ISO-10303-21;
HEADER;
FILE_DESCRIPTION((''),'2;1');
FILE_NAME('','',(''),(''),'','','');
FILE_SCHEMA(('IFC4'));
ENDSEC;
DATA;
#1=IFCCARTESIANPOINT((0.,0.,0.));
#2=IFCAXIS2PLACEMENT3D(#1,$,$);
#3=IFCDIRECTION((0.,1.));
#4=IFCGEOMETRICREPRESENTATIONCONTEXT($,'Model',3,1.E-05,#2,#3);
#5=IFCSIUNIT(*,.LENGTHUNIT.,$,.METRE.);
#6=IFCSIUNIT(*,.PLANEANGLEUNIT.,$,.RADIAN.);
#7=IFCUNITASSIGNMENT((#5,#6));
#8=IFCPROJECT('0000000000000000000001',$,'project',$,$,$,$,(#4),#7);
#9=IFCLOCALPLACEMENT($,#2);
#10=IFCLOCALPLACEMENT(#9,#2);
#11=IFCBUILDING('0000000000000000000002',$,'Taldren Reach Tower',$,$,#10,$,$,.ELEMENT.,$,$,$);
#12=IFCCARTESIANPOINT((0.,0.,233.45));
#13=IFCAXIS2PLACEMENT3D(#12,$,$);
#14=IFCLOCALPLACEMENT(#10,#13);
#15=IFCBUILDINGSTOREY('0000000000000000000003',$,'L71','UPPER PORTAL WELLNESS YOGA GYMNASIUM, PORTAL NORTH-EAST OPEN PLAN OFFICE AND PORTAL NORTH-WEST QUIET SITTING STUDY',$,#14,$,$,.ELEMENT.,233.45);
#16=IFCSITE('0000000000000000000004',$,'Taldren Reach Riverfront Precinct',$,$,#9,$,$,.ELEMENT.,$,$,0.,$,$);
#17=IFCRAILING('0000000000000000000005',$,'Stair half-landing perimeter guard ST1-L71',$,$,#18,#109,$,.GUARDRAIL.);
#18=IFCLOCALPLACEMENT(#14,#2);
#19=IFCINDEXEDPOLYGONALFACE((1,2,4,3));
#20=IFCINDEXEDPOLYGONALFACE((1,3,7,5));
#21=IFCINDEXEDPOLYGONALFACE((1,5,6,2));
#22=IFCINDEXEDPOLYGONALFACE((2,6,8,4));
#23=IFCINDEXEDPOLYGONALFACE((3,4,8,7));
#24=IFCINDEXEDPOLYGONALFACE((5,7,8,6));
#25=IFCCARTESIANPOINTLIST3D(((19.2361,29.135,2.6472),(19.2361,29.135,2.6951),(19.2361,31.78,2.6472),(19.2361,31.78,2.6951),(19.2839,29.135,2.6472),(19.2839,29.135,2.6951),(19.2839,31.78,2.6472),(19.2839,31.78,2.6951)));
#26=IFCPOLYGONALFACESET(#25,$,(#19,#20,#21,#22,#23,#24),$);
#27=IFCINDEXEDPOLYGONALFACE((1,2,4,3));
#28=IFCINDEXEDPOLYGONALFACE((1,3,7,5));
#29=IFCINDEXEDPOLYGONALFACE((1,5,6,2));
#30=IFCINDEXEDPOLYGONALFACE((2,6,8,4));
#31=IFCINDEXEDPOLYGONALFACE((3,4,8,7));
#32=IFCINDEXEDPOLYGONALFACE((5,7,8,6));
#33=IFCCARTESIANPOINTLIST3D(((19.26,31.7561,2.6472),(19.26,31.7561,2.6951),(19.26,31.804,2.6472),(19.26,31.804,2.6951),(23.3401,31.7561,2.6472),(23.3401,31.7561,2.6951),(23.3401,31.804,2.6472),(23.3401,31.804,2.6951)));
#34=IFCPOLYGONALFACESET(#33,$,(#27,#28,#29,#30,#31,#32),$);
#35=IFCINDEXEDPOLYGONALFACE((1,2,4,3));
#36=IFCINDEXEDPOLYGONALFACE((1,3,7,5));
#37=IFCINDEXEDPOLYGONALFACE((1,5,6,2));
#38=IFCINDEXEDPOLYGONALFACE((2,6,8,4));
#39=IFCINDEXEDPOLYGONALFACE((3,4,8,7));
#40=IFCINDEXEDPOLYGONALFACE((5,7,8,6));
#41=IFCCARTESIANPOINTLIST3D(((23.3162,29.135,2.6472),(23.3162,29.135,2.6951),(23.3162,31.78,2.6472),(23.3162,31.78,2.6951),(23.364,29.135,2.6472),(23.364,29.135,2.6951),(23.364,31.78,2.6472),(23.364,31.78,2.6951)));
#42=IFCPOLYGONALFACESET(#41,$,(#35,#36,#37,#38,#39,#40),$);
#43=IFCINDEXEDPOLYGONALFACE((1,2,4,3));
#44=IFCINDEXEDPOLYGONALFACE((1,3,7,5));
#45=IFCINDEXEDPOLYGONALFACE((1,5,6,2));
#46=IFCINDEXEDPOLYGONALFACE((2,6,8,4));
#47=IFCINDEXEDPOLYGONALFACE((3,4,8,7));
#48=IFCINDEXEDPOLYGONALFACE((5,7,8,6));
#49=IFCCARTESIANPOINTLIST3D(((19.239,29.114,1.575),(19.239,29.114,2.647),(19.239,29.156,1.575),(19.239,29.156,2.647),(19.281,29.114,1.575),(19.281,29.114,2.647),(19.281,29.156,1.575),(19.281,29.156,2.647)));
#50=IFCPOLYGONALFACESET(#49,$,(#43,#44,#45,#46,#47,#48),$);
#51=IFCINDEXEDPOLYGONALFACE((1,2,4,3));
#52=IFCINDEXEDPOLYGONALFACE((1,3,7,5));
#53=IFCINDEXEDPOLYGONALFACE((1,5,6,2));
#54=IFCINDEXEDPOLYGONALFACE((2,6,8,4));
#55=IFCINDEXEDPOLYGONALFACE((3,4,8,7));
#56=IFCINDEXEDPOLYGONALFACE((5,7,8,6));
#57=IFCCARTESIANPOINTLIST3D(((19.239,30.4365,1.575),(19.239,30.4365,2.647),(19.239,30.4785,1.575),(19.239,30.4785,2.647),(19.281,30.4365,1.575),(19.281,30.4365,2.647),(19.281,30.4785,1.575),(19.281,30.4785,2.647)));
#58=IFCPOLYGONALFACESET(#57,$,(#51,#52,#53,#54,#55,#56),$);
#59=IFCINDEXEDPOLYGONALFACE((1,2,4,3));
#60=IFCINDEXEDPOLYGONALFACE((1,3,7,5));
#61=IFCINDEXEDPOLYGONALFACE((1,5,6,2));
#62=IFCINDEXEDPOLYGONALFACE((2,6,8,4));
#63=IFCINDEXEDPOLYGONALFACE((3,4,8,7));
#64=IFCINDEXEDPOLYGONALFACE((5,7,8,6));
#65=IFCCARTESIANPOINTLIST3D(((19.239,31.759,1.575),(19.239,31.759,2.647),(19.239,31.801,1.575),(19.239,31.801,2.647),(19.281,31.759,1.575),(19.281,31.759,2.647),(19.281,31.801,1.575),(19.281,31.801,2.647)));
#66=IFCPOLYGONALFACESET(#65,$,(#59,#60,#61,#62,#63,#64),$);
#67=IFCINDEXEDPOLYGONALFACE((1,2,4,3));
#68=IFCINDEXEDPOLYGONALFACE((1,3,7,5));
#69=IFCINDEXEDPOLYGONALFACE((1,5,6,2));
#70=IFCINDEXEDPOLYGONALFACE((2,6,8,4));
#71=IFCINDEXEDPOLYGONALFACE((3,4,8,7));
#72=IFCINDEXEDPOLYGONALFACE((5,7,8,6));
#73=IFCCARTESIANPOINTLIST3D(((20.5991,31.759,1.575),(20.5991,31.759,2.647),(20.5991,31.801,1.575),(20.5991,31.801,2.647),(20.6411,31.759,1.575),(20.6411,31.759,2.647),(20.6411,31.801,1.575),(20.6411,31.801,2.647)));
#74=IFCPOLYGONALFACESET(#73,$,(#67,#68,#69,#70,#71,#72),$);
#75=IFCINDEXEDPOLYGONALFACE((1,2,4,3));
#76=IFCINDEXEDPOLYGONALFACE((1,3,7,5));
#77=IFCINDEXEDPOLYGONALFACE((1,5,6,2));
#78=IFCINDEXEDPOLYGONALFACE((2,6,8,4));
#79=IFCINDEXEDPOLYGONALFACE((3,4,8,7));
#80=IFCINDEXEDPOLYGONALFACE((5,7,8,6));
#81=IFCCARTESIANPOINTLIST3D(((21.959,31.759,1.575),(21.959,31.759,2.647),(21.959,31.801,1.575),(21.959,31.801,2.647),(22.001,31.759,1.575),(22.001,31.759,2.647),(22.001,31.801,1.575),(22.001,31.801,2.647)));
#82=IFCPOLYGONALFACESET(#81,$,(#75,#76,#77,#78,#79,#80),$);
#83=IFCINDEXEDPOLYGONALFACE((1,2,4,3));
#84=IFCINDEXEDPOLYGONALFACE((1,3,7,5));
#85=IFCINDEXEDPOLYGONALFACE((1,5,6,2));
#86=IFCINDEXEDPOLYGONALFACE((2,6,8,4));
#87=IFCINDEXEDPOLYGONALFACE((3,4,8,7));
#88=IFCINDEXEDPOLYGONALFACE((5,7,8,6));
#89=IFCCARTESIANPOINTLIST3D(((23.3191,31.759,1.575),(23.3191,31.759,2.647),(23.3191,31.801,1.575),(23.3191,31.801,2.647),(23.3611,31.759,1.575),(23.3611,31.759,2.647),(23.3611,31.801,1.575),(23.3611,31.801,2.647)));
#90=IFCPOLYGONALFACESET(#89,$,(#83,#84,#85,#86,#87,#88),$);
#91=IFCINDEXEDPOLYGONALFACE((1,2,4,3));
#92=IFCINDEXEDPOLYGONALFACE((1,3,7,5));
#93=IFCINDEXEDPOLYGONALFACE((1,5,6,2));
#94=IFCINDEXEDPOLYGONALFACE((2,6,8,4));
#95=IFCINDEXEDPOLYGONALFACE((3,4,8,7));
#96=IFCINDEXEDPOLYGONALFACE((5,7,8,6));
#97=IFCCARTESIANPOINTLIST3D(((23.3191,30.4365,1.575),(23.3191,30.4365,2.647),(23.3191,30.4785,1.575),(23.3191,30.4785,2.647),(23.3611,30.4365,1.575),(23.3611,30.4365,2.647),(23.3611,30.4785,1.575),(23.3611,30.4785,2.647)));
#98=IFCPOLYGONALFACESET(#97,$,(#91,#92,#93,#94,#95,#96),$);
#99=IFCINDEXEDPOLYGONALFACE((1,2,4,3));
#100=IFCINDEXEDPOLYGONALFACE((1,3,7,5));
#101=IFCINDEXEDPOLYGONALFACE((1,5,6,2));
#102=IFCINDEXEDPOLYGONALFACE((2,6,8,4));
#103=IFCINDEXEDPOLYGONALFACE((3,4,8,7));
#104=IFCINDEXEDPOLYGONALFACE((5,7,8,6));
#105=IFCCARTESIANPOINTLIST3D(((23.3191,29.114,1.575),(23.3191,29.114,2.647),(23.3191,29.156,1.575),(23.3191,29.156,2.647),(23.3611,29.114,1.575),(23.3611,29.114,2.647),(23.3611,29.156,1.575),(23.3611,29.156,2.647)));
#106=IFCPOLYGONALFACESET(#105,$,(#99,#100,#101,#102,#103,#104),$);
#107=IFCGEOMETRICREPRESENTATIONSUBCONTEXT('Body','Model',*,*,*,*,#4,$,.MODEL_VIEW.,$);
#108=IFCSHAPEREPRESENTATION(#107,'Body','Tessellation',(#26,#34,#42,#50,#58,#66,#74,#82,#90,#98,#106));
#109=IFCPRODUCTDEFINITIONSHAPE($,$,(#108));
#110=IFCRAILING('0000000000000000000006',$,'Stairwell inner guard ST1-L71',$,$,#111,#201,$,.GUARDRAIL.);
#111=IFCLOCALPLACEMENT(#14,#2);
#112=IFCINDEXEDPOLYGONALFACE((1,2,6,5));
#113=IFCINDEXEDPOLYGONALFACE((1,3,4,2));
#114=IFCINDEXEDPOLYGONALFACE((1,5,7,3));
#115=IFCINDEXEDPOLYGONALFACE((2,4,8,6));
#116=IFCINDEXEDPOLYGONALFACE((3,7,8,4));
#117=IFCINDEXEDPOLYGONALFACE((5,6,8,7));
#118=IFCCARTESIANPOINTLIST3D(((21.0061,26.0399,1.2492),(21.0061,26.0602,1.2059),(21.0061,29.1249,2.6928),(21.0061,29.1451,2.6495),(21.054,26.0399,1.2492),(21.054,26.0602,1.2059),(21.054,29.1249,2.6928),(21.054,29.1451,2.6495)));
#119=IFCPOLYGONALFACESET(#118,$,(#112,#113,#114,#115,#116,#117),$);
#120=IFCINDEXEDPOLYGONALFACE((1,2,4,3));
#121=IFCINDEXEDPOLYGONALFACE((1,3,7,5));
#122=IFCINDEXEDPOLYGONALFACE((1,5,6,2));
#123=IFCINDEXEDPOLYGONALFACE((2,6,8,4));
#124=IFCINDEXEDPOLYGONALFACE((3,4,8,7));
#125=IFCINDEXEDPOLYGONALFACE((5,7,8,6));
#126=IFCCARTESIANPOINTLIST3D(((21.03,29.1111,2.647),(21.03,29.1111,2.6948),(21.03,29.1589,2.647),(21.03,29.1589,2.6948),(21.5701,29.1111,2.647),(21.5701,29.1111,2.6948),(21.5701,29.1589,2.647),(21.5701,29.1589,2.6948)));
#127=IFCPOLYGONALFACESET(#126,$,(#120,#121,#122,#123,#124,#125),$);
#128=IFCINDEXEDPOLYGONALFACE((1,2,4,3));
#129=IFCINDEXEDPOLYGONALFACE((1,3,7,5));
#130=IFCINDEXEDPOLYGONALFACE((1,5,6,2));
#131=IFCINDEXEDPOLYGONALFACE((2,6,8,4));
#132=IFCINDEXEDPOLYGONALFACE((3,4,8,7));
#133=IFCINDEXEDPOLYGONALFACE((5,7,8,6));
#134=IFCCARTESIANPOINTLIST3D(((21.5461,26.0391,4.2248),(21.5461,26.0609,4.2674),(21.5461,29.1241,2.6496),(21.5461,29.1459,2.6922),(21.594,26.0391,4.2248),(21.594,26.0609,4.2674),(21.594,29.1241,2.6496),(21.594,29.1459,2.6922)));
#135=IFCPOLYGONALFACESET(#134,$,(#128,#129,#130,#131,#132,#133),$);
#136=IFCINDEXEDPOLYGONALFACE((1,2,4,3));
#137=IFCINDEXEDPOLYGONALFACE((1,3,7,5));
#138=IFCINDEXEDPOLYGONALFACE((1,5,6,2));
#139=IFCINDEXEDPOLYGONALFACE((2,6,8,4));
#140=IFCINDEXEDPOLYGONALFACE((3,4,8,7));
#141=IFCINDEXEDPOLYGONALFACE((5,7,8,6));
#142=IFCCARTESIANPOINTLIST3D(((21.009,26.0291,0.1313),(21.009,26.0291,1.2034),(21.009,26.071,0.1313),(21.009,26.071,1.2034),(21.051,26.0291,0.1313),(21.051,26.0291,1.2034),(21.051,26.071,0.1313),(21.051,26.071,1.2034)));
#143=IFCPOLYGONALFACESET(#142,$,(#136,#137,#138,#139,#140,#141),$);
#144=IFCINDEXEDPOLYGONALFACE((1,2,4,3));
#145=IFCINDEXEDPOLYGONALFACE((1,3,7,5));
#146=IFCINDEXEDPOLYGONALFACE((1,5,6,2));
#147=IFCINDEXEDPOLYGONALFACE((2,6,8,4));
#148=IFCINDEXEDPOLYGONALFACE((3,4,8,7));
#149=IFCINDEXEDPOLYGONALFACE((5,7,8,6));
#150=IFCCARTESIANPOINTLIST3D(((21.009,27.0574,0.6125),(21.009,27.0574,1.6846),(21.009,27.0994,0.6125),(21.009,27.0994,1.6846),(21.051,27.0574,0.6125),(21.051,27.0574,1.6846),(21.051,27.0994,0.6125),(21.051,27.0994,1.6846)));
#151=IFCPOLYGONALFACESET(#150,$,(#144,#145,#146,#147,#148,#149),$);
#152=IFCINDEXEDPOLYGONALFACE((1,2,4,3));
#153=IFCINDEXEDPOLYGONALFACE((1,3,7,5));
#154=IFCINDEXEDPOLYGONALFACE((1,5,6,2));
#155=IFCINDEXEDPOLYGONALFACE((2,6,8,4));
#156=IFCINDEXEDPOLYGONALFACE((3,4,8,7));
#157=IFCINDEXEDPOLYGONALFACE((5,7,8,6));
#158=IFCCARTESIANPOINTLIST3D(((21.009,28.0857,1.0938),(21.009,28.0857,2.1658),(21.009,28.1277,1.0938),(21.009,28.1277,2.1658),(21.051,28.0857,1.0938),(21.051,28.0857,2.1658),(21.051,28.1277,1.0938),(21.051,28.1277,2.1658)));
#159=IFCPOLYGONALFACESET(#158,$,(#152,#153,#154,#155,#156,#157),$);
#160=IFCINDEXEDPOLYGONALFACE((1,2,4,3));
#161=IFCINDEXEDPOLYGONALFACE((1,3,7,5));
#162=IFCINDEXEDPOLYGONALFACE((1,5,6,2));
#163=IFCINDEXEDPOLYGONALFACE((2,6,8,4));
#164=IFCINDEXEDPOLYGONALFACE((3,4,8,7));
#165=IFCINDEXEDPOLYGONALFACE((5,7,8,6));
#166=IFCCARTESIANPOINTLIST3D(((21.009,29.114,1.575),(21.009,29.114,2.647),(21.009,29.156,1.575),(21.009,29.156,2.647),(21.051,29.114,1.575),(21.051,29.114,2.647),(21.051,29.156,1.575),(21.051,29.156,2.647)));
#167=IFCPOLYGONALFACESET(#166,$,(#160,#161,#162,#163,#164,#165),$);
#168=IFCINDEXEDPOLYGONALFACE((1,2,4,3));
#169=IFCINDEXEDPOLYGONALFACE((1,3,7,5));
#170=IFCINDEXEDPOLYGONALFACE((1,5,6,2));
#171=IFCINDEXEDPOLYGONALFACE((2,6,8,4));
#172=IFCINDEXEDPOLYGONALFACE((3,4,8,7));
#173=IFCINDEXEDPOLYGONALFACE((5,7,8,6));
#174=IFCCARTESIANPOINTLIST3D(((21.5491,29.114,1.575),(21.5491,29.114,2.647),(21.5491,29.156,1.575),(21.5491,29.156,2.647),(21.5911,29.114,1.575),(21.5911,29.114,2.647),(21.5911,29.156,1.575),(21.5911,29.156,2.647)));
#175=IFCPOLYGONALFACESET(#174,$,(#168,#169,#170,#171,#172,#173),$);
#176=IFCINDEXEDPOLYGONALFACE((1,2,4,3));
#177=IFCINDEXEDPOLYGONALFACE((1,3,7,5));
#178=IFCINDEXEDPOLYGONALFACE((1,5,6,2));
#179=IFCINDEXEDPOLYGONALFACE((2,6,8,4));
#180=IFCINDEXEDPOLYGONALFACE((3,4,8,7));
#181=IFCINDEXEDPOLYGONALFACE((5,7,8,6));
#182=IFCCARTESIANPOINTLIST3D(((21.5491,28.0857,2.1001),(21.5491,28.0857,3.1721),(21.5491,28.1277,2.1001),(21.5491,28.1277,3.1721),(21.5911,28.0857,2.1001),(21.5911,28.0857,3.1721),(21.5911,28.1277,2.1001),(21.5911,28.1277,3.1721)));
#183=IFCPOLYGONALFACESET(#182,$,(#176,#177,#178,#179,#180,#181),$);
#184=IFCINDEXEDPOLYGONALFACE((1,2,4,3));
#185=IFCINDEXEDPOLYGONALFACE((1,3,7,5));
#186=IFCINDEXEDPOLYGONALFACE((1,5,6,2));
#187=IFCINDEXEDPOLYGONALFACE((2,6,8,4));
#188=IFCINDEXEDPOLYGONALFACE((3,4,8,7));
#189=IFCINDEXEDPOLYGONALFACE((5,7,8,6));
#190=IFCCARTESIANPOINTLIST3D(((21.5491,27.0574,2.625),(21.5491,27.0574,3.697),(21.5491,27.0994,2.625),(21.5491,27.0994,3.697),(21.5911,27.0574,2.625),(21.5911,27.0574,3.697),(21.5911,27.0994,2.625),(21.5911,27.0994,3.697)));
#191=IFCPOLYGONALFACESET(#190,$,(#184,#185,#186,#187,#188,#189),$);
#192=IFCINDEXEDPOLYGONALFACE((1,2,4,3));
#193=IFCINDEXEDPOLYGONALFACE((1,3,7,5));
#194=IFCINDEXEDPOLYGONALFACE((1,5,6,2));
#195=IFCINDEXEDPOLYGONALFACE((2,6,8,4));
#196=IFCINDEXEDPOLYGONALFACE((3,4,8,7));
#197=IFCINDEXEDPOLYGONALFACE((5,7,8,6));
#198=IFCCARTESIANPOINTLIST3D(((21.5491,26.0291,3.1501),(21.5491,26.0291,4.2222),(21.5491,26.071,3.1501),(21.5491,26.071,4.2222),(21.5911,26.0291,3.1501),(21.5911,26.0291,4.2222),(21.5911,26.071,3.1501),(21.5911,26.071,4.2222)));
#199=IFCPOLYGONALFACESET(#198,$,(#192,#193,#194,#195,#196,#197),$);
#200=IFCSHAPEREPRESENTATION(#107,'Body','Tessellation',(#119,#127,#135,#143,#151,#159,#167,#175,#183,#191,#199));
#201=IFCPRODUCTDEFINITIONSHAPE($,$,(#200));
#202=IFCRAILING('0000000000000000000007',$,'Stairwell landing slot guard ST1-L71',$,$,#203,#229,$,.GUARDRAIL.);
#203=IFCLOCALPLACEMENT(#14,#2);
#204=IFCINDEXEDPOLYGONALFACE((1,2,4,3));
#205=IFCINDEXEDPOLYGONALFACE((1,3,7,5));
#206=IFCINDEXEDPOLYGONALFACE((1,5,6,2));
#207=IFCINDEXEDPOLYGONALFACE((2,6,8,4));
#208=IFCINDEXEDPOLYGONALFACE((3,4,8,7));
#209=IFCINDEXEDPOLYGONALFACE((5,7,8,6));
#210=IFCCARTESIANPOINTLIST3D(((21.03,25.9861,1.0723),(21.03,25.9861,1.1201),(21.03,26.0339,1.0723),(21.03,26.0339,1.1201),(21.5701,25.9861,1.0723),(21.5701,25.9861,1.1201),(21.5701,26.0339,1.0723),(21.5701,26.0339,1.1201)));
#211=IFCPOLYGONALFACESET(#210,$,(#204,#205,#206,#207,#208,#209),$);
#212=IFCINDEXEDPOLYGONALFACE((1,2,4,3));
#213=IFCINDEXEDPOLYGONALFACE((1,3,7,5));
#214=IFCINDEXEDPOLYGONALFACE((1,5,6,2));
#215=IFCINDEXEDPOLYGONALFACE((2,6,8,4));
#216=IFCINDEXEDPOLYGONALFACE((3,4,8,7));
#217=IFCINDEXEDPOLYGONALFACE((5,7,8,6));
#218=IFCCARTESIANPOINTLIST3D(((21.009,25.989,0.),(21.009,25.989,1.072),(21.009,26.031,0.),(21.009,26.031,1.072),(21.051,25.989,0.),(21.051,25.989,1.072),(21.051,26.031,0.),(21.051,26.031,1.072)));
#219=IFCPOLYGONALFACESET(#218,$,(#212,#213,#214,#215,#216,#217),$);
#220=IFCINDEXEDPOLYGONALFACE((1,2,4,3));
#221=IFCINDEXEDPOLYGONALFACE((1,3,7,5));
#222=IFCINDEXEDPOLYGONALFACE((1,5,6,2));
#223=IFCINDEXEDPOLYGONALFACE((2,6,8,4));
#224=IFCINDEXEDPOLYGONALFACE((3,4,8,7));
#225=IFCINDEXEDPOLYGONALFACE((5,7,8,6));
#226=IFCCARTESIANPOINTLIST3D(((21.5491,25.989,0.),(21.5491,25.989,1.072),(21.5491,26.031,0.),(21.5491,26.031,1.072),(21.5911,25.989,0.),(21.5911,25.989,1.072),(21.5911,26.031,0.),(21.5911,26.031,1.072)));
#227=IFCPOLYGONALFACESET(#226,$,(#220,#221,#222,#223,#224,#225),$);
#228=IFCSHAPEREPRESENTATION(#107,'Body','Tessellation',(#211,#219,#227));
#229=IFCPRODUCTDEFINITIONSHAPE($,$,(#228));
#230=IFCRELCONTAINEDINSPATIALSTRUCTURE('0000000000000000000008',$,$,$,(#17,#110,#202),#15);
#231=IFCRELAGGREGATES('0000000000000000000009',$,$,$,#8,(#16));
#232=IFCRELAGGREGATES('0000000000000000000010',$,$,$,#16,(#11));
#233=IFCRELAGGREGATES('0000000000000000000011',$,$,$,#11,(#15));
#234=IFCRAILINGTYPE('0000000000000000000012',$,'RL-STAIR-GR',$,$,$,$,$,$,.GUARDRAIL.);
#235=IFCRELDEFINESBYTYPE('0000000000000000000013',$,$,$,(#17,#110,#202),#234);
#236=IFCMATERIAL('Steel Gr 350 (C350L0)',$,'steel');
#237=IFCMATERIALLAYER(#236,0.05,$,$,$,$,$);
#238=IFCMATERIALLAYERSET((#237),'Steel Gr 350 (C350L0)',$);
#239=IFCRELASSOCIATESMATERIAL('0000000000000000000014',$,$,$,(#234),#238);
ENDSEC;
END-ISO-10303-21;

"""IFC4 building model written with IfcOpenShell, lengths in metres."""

from ifc_helpers import new_model, si_unit, direction, frame, origin, origin_2d, place, context, subcontext, project, spatial, rectangle, extrude, material, layer, layer_set, type_object, element, save


model = new_model("IFC4")

# Units and contexts
model_context = context("Model", 3, precision=1e-05, world=origin(), true_north=direction((0.0, 1.0)))
body_context = subcontext(model_context, "Body", "Model", "MODEL_VIEW")
ifc_project = project(units=[si_unit("LENGTHUNIT", "METRE"), si_unit("PLANEANGLEUNIT", "RADIAN")], contexts=[model_context])

# Site, building, storey
site_placement = place(None, origin())
site = spatial("IfcSite", under=ifc_project, at=site_placement, Name="Taldren Reach Riverfront Precinct", CompositionType="ELEMENT", RefElevation=0.0)
building_placement = place(site_placement, origin())
building = spatial("IfcBuilding", under=site, at=building_placement, Name="Taldren Reach Tower", CompositionType="ELEMENT")
storey_placement = place(building_placement, frame((0.0, 0.0, 233.45)))
storey = spatial("IfcBuildingStorey", under=building, at=storey_placement, Name="L71", Description="UPPER PORTAL WELLNESS YOGA GYMNASIUM, PORTAL NORTH-EAST OPEN PLAN OFFICE AND PORTAL NORTH-WEST QUIET SITTING STUDY", CompositionType="ELEMENT", Elevation=233.45)

# Shared definitions
ifc_material_1 = material(Name="Steel Gr 350 (C350L0)", Category="steel")

# Railings
ifc_layer_1 = layer(ifc_material_1, 0.05)
ifc_layer_set_1 = layer_set([ifc_layer_1], Name="Steel Gr 350 (C350L0)")
railing_type_1 = type_object("IfcRailingType", Name="RL-STAIR-GR", PredefinedType="GUARDRAIL", material=ifc_layer_set_1)
railing_1_placement = place(storey_placement, frame((19.26, 29.135, 1.575)))
element("IfcRailing", 1, at=railing_1_placement, inside=storey, type_object=railing_type_1, Name="Stair half-landing perimeter guard ST1-L71", PredefinedType="GUARDRAIL", context=body_context, shape_type="SweptSolid", body=[
    extrude(rectangle(XDim=0.0479, YDim=0.0479, at=origin_2d()), frame((0.0, 0.0, 1.0962), z_axis=(0.0, 1.0, 0.0), x_axis=(-1.0, 0.0, 0.0)), (0.0, 0.0, 1.0), 2.645),
    extrude(rectangle(XDim=0.0479, YDim=0.0479, at=origin_2d()), frame((0.0, 2.645, 1.0962), z_axis=(1.0, 0.0, 0.0), x_axis=(0.0, 1.0, 0.0)), (0.0, 0.0, 1.0), 4.0801),
    extrude(rectangle(XDim=0.0479, YDim=0.0479, at=origin_2d()), frame((4.0801, 2.645, 1.0962), z_axis=(0.0, -1.0, 0.0), x_axis=(1.0, 0.0, 0.0)), (0.0, 0.0, 1.0), 2.645),
    extrude(rectangle(XDim=0.042, YDim=0.042, at=origin_2d()), origin(), (0.0, 0.0, 1.0), 1.072),
    extrude(rectangle(XDim=0.042, YDim=0.042, at=origin_2d()), frame((0.0, 1.3225, 0.0)), (0.0, 0.0, 1.0), 1.072),
    extrude(rectangle(XDim=0.042, YDim=0.042, at=origin_2d()), frame((0.0, 2.645, 0.0)), (0.0, 0.0, 1.0), 1.072),
    extrude(rectangle(XDim=0.042, YDim=0.042, at=origin_2d()), frame((1.3601, 2.645, 0.0)), (0.0, 0.0, 1.0), 1.072),
    extrude(rectangle(XDim=0.042, YDim=0.042, at=origin_2d()), frame((2.72, 2.645, 0.0)), (0.0, 0.0, 1.0), 1.072),
    extrude(rectangle(XDim=0.042, YDim=0.042, at=origin_2d()), frame((4.0801, 2.645, 0.0)), (0.0, 0.0, 1.0), 1.072),
    extrude(rectangle(XDim=0.042, YDim=0.042, at=origin_2d()), frame((4.0801, 1.3225, 0.0)), (0.0, 0.0, 1.0), 1.072),
    extrude(rectangle(XDim=0.042, YDim=0.042, at=origin_2d()), frame((4.0801, 0.0, 0.0)), (0.0, 0.0, 1.0), 1.072),
])
railing_2_placement = place(storey_placement, frame((21.03, 26.05, 0.1313)))
element("IfcRailing", 2, at=railing_2_placement, inside=storey, type_object=railing_type_1, Name="Stairwell inner guard ST1-L71", PredefinedType="GUARDRAIL", context=body_context, shape_type="SweptSolid", body=[
    extrude(rectangle(XDim=0.0479, YDim=0.0479, at=origin_2d()), frame((0.0, 0.0, 1.0962), z_axis=(0.0, 0.905738, 0.423839), x_axis=(-1.0, 0.0, 0.0)), (0.0, 0.0, 1.0), 3.406),
    extrude(rectangle(XDim=0.0479, YDim=0.0479, at=origin_2d()), frame((0.0, 3.085, 2.5396), z_axis=(1.0, 0.0, 0.0), x_axis=(0.0, 1.0, 0.0)), (0.0, 0.0, 1.0), 0.54),
    extrude(rectangle(XDim=0.0479, YDim=0.0479, at=origin_2d()), frame((0.54, 3.085, 2.5396), z_axis=(0.0, -0.890617, 0.454753), x_axis=(1.0, 0.0, 0.0)), (0.0, 0.0, 1.0), 3.4639),
    extrude(rectangle(XDim=0.042, YDim=0.042, at=origin_2d()), origin(), (0.0, 0.0, 1.0), 1.072),
    extrude(rectangle(XDim=0.042, YDim=0.042, at=origin_2d()), frame((0.0, 1.0283, 0.4812)), (0.0, 0.0, 1.0), 1.072),
    extrude(rectangle(XDim=0.042, YDim=0.042, at=origin_2d()), frame((0.0, 2.0566, 0.9624)), (0.0, 0.0, 1.0), 1.072),
    extrude(rectangle(XDim=0.042, YDim=0.042, at=origin_2d()), frame((0.0, 3.085, 1.4436)), (0.0, 0.0, 1.0), 1.072),
    extrude(rectangle(XDim=0.042, YDim=0.042, at=origin_2d()), frame((0.54, 3.085, 1.4436)), (0.0, 0.0, 1.0), 1.072),
    extrude(rectangle(XDim=0.042, YDim=0.042, at=origin_2d()), frame((0.54, 2.0566, 1.9688)), (0.0, 0.0, 1.0), 1.072),
    extrude(rectangle(XDim=0.042, YDim=0.042, at=origin_2d()), frame((0.54, 1.0283, 2.4937)), (0.0, 0.0, 1.0), 1.072),
    extrude(rectangle(XDim=0.042, YDim=0.042, at=origin_2d()), frame((0.54, 0.0, 3.0188)), (0.0, 0.0, 1.0), 1.072),
])
railing_3_placement = place(storey_placement, frame((21.03, 26.01, 0.0)))
element("IfcRailing", 3, at=railing_3_placement, inside=storey, type_object=railing_type_1, Name="Stairwell landing slot guard ST1-L71", PredefinedType="GUARDRAIL", context=body_context, shape_type="SweptSolid", body=[
    extrude(rectangle(XDim=0.0479, YDim=0.0479, at=origin_2d()), frame((0.0, 0.0, 1.0962), z_axis=(1.0, 0.0, 0.0), x_axis=(0.0, 1.0, 0.0)), (0.0, 0.0, 1.0), 0.54),
    extrude(rectangle(XDim=0.042, YDim=0.042, at=origin_2d()), origin(), (0.0, 0.0, 1.0), 1.072),
    extrude(rectangle(XDim=0.042, YDim=0.042, at=origin_2d()), frame((0.54, 0.0, 0.0)), (0.0, 0.0, 1.0), 1.072),
])

save(model, "model.ifc")
